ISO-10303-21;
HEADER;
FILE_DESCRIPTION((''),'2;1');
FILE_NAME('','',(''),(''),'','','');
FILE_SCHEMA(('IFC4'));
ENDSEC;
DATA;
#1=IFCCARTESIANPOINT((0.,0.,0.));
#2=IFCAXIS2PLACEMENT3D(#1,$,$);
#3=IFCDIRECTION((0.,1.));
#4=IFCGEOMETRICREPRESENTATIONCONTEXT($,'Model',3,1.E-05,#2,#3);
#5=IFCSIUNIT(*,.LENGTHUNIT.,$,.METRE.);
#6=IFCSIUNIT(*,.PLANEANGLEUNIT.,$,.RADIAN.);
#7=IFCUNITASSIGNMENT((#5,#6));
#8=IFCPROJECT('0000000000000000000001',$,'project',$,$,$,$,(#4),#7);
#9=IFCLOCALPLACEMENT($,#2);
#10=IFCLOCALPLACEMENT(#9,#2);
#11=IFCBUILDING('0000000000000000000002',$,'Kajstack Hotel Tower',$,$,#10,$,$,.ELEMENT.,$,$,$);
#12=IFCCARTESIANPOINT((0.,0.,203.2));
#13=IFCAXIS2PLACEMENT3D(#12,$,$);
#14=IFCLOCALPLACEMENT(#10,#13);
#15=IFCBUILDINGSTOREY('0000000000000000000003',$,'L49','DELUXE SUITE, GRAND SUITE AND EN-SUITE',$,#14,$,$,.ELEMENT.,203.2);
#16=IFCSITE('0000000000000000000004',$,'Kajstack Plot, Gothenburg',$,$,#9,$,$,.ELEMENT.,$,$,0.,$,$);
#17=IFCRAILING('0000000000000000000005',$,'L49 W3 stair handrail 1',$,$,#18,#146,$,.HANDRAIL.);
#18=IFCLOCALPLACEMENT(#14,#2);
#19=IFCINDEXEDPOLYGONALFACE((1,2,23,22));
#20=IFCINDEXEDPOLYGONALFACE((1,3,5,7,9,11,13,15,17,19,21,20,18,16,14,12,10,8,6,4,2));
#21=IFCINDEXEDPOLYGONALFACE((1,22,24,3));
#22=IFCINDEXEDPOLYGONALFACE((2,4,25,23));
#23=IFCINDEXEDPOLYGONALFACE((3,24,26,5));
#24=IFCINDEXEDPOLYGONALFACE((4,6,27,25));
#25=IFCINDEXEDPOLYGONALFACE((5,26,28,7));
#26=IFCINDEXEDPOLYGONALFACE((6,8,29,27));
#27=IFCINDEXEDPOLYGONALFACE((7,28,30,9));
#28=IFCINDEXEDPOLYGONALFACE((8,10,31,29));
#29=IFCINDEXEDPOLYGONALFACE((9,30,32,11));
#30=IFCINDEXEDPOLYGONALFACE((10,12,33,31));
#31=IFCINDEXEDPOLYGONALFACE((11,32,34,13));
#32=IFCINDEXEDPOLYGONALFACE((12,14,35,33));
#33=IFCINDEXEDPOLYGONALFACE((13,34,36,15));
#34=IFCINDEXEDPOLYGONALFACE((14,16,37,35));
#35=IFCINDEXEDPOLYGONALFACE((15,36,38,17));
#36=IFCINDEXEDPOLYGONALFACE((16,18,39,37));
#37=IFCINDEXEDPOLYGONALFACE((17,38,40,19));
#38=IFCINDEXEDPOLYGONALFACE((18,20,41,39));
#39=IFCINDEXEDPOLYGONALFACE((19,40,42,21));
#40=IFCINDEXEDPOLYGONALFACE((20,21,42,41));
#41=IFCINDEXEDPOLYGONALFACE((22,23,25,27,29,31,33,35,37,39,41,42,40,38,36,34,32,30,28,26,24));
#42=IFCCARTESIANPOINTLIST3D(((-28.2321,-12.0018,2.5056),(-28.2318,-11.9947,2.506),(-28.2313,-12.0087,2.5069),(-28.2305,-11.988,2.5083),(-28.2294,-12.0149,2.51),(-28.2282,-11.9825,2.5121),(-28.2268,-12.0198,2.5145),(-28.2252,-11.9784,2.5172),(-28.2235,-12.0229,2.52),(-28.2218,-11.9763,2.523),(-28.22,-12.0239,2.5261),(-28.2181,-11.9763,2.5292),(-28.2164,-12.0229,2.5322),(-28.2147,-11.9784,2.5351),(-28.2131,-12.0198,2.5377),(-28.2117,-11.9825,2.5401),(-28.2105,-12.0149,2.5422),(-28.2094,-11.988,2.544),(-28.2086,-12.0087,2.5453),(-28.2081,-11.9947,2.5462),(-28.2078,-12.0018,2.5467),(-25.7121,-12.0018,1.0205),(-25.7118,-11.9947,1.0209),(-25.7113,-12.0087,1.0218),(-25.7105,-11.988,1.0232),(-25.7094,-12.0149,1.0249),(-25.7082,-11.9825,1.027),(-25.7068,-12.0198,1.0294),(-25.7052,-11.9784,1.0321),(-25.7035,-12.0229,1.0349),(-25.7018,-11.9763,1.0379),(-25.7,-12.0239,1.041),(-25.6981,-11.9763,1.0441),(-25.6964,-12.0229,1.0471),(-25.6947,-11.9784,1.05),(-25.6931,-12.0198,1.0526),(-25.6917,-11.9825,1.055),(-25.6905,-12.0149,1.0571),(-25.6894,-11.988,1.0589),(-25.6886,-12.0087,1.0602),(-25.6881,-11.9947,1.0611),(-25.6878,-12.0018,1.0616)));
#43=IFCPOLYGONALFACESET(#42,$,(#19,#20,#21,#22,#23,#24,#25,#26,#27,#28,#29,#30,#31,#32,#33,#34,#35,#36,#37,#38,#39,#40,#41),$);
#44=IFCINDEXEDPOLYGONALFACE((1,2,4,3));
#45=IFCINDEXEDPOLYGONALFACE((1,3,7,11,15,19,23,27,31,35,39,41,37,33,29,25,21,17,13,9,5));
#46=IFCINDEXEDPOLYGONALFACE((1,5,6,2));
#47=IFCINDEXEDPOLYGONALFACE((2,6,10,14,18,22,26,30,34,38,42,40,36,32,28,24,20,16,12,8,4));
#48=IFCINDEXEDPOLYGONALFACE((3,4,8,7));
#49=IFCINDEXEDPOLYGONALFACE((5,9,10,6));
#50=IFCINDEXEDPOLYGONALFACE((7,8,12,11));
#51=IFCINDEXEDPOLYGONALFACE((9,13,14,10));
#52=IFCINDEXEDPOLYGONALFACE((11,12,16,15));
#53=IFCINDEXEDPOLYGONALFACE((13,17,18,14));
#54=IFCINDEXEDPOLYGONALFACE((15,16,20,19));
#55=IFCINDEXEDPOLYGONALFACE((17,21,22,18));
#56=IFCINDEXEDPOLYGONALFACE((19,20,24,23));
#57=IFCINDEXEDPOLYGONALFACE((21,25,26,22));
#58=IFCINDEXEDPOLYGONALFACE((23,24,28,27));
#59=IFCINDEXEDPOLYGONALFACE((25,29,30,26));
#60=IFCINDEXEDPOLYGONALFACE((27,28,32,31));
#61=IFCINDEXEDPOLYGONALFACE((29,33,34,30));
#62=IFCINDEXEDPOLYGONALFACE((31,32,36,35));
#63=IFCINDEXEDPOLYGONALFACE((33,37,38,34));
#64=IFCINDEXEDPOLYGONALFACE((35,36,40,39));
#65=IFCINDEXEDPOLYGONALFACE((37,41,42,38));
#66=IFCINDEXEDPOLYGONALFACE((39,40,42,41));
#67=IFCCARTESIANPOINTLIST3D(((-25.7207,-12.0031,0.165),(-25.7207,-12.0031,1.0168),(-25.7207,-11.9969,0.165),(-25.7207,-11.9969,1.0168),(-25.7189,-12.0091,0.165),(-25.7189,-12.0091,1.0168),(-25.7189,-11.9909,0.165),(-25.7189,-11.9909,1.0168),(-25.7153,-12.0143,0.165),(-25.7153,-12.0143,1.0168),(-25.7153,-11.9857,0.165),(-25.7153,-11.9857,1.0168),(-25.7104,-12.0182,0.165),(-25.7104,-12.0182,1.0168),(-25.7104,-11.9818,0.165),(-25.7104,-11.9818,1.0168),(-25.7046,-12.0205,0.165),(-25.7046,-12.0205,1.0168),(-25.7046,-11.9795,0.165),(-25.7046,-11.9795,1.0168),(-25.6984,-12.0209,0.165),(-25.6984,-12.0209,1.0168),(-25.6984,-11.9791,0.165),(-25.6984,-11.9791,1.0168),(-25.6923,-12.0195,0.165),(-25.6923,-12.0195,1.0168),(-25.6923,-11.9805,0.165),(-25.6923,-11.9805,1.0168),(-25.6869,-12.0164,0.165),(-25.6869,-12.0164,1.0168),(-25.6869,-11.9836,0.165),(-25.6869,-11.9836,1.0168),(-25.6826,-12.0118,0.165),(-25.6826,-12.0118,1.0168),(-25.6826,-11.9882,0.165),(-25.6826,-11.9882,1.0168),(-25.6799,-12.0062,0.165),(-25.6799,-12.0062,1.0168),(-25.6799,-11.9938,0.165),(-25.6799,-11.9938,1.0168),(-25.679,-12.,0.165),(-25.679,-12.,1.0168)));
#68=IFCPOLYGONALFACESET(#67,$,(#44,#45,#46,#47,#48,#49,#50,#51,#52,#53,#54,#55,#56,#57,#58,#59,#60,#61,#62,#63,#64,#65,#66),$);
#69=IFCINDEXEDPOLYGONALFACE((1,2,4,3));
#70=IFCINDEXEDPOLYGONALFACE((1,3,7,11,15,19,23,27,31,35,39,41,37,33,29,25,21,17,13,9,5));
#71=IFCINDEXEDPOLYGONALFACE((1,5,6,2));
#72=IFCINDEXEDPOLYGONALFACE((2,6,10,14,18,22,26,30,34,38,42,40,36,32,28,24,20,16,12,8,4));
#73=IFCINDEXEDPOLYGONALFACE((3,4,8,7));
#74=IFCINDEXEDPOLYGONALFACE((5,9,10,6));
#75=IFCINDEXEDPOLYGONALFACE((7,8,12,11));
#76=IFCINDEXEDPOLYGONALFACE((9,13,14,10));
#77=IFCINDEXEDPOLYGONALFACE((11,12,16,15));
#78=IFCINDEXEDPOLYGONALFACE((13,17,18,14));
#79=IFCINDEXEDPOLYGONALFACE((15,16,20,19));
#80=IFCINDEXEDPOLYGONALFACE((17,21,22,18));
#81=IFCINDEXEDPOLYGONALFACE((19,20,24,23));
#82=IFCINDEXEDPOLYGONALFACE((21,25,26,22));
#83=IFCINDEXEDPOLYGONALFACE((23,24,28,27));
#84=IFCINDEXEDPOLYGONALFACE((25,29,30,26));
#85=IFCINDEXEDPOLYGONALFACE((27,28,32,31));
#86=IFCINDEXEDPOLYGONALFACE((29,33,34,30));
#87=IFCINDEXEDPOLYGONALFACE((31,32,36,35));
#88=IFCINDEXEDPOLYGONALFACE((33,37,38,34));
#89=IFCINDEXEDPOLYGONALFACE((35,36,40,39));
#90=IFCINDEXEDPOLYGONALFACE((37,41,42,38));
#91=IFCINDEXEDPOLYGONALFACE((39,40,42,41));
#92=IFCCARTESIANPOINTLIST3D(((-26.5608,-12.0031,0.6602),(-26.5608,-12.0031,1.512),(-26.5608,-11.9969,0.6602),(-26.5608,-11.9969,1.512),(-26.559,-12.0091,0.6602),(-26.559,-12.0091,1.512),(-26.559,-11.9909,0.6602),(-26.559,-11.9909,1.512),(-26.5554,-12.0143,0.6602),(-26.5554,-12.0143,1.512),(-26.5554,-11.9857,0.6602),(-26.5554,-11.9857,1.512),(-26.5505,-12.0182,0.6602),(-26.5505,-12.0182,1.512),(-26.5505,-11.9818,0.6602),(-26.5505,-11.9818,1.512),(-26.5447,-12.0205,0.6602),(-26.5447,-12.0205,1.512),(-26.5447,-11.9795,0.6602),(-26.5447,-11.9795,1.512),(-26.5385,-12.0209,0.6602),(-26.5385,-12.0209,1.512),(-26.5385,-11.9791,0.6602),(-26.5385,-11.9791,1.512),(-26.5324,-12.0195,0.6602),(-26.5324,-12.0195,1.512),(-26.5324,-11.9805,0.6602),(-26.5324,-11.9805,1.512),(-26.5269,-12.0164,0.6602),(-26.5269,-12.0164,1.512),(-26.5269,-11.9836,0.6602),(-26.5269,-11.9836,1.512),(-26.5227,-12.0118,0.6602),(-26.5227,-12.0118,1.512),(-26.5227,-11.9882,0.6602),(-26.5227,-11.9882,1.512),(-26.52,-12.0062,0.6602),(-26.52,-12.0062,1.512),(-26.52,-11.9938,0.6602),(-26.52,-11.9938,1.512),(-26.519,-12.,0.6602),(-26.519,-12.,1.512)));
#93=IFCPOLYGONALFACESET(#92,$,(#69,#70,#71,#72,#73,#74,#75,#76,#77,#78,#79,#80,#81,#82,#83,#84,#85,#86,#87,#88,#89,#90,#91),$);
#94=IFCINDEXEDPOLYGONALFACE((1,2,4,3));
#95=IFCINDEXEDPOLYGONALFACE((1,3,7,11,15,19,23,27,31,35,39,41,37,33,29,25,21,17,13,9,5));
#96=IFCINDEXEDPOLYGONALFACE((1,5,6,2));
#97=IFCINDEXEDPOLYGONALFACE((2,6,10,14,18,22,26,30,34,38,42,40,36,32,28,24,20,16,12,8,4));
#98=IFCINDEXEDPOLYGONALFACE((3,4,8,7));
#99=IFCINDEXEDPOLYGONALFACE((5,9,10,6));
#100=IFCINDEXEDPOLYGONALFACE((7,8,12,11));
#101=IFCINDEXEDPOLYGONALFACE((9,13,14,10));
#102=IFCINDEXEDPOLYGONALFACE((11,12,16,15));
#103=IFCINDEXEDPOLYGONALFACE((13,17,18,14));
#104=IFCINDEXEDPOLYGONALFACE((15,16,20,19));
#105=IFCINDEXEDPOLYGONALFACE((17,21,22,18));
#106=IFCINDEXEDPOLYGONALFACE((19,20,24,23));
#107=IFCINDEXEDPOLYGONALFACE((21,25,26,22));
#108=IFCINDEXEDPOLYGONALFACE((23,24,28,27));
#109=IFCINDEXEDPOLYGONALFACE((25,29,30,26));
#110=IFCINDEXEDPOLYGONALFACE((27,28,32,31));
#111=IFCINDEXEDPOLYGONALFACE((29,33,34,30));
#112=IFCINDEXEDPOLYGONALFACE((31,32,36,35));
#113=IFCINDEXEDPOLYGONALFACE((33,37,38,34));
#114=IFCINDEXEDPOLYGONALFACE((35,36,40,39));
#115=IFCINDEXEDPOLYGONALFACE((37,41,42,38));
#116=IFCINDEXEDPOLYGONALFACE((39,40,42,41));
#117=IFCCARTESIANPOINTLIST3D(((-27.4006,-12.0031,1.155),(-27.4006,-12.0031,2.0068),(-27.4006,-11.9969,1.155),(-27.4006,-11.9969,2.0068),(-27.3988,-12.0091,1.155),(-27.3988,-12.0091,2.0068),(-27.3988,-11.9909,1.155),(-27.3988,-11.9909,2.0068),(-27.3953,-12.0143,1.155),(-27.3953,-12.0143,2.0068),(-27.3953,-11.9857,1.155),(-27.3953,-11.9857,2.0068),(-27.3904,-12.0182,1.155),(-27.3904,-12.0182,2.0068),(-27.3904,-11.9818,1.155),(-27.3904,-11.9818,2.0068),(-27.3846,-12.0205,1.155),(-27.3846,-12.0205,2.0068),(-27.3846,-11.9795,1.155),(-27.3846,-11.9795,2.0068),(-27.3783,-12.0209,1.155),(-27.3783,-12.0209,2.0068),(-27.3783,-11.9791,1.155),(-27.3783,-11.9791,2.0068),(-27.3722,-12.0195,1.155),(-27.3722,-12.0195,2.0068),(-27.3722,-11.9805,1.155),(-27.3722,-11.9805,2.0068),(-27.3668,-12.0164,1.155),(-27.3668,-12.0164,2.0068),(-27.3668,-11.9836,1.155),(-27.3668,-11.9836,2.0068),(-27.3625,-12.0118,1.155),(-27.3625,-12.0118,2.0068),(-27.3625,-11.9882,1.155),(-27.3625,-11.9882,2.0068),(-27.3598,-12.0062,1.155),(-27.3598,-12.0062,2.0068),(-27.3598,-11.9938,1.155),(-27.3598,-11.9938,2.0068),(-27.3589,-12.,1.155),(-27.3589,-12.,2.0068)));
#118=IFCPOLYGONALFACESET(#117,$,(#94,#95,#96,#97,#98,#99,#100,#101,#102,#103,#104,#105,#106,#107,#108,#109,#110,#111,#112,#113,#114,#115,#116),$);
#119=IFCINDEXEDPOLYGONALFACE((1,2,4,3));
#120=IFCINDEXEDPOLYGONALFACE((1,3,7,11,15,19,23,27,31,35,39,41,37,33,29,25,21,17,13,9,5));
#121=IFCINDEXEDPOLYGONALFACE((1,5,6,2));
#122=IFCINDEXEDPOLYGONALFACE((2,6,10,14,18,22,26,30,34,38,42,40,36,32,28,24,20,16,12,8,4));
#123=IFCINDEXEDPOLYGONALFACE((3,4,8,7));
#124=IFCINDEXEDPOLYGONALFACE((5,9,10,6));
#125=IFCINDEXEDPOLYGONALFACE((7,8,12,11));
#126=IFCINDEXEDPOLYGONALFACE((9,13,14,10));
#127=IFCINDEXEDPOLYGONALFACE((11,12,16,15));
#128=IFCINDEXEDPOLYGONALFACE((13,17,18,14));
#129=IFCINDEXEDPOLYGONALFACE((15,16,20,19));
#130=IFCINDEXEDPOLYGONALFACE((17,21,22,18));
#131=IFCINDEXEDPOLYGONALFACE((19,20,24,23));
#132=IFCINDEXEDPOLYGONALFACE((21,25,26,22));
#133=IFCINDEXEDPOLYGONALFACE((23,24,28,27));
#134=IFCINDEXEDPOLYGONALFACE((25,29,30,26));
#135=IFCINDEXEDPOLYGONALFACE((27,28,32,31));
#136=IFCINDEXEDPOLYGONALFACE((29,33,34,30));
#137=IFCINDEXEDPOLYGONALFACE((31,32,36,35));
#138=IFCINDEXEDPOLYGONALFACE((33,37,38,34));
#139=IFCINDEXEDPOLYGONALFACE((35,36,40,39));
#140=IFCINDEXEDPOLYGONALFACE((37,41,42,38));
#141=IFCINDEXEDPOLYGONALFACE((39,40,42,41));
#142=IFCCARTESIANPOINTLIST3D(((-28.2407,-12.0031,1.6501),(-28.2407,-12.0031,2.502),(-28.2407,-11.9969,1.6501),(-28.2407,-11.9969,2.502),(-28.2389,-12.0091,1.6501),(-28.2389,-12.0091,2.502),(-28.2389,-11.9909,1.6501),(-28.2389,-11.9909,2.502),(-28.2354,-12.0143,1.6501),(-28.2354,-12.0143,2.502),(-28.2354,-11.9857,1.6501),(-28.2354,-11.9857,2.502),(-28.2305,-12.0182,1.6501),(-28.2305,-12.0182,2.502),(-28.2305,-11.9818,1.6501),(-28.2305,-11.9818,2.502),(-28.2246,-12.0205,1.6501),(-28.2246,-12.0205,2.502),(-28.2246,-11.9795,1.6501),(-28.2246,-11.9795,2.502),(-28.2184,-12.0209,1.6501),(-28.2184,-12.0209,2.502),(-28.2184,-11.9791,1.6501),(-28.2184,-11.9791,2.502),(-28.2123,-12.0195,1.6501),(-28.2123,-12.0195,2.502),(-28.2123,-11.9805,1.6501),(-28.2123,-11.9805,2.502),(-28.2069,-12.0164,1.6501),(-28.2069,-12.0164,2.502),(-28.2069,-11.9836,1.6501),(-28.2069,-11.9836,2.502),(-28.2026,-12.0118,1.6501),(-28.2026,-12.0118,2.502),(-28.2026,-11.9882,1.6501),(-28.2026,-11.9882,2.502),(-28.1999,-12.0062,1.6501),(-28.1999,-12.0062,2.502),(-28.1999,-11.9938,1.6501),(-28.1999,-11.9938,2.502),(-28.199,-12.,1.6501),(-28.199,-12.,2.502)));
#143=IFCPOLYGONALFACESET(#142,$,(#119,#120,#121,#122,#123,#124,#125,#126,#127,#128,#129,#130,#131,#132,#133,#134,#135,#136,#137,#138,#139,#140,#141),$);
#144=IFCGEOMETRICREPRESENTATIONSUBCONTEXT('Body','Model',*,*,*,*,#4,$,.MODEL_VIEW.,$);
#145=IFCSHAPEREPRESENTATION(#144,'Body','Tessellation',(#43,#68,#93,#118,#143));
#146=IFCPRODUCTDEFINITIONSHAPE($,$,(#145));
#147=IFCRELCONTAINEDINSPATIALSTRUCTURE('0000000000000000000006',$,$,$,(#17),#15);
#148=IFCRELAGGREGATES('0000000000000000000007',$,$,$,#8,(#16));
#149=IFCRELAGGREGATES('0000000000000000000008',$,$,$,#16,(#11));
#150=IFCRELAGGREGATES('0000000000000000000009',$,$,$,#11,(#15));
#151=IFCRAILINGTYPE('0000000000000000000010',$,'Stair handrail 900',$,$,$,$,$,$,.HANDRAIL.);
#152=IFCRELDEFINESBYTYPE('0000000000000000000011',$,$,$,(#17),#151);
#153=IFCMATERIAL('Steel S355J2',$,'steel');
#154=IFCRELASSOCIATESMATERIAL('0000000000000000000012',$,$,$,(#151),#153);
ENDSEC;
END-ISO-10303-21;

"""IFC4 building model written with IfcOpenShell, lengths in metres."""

from ifc_helpers import new_model, si_unit, direction, frame, origin, origin_2d, place, context, subcontext, project, spatial, circle, extrude, material, type_object, element, save


model = new_model("IFC4")

# Units and contexts
model_context = context("Model", 3, precision=1e-05, world=origin(), true_north=direction((0.0, 1.0)))
body_context = subcontext(model_context, "Body", "Model", "MODEL_VIEW")
ifc_project = project(units=[si_unit("LENGTHUNIT", "METRE"), si_unit("PLANEANGLEUNIT", "RADIAN")], contexts=[model_context])

# Site, building, storey
site_placement = place(None, origin())
site = spatial("IfcSite", under=ifc_project, at=site_placement, Name="Kajstack Plot, Gothenburg", CompositionType="ELEMENT", RefElevation=0.0)
building_placement = place(site_placement, origin())
building = spatial("IfcBuilding", under=site, at=building_placement, Name="Kajstack Hotel Tower", CompositionType="ELEMENT")
storey_placement = place(building_placement, frame((0.0, 0.0, 203.2)))
storey = spatial("IfcBuildingStorey", under=building, at=storey_placement, Name="L49", Description="DELUXE SUITE, GRAND SUITE AND EN-SUITE", CompositionType="ELEMENT", Elevation=203.2)

# Railing
ifc_material_1 = material(Name="Steel S355J2", Category="steel")
railing_type_1 = type_object("IfcRailingType", Name="Stair handrail 900", PredefinedType="HANDRAIL", material=ifc_material_1)
railing_1_placement = place(storey_placement, frame((-25.7, -12.0, 0.165)))
element("IfcRailing", 1, at=railing_1_placement, inside=storey, type_object=railing_type_1, Name="L49 W3 stair handrail 1", PredefinedType="HANDRAIL", context=body_context, shape_type="SweptSolid", body=[
    extrude(circle(Radius=0.0239, at=origin_2d()), frame((0.0, 0.0, 0.876), z_axis=(-0.861524, 0.0, 0.507717), x_axis=(0.0, -1.0, 0.0)), (0.0, 0.0, 1.0), 2.925),
    extrude(circle(Radius=0.021, at=origin_2d()), origin(), (0.0, 0.0, 1.0), 0.8518),
    extrude(circle(Radius=0.021, at=origin_2d()), frame((-0.8401, 0.0, 0.4951)), (0.0, 0.0, 1.0), 0.8518),
    extrude(circle(Radius=0.021, at=origin_2d()), frame((-1.6799, 0.0, 0.99)), (0.0, 0.0, 1.0), 0.8518),
    extrude(circle(Radius=0.021, at=origin_2d()), frame((-2.52, 0.0, 1.4851)), (0.0, 0.0, 1.0), 0.8518),
])

save(model, "model.ifc")
